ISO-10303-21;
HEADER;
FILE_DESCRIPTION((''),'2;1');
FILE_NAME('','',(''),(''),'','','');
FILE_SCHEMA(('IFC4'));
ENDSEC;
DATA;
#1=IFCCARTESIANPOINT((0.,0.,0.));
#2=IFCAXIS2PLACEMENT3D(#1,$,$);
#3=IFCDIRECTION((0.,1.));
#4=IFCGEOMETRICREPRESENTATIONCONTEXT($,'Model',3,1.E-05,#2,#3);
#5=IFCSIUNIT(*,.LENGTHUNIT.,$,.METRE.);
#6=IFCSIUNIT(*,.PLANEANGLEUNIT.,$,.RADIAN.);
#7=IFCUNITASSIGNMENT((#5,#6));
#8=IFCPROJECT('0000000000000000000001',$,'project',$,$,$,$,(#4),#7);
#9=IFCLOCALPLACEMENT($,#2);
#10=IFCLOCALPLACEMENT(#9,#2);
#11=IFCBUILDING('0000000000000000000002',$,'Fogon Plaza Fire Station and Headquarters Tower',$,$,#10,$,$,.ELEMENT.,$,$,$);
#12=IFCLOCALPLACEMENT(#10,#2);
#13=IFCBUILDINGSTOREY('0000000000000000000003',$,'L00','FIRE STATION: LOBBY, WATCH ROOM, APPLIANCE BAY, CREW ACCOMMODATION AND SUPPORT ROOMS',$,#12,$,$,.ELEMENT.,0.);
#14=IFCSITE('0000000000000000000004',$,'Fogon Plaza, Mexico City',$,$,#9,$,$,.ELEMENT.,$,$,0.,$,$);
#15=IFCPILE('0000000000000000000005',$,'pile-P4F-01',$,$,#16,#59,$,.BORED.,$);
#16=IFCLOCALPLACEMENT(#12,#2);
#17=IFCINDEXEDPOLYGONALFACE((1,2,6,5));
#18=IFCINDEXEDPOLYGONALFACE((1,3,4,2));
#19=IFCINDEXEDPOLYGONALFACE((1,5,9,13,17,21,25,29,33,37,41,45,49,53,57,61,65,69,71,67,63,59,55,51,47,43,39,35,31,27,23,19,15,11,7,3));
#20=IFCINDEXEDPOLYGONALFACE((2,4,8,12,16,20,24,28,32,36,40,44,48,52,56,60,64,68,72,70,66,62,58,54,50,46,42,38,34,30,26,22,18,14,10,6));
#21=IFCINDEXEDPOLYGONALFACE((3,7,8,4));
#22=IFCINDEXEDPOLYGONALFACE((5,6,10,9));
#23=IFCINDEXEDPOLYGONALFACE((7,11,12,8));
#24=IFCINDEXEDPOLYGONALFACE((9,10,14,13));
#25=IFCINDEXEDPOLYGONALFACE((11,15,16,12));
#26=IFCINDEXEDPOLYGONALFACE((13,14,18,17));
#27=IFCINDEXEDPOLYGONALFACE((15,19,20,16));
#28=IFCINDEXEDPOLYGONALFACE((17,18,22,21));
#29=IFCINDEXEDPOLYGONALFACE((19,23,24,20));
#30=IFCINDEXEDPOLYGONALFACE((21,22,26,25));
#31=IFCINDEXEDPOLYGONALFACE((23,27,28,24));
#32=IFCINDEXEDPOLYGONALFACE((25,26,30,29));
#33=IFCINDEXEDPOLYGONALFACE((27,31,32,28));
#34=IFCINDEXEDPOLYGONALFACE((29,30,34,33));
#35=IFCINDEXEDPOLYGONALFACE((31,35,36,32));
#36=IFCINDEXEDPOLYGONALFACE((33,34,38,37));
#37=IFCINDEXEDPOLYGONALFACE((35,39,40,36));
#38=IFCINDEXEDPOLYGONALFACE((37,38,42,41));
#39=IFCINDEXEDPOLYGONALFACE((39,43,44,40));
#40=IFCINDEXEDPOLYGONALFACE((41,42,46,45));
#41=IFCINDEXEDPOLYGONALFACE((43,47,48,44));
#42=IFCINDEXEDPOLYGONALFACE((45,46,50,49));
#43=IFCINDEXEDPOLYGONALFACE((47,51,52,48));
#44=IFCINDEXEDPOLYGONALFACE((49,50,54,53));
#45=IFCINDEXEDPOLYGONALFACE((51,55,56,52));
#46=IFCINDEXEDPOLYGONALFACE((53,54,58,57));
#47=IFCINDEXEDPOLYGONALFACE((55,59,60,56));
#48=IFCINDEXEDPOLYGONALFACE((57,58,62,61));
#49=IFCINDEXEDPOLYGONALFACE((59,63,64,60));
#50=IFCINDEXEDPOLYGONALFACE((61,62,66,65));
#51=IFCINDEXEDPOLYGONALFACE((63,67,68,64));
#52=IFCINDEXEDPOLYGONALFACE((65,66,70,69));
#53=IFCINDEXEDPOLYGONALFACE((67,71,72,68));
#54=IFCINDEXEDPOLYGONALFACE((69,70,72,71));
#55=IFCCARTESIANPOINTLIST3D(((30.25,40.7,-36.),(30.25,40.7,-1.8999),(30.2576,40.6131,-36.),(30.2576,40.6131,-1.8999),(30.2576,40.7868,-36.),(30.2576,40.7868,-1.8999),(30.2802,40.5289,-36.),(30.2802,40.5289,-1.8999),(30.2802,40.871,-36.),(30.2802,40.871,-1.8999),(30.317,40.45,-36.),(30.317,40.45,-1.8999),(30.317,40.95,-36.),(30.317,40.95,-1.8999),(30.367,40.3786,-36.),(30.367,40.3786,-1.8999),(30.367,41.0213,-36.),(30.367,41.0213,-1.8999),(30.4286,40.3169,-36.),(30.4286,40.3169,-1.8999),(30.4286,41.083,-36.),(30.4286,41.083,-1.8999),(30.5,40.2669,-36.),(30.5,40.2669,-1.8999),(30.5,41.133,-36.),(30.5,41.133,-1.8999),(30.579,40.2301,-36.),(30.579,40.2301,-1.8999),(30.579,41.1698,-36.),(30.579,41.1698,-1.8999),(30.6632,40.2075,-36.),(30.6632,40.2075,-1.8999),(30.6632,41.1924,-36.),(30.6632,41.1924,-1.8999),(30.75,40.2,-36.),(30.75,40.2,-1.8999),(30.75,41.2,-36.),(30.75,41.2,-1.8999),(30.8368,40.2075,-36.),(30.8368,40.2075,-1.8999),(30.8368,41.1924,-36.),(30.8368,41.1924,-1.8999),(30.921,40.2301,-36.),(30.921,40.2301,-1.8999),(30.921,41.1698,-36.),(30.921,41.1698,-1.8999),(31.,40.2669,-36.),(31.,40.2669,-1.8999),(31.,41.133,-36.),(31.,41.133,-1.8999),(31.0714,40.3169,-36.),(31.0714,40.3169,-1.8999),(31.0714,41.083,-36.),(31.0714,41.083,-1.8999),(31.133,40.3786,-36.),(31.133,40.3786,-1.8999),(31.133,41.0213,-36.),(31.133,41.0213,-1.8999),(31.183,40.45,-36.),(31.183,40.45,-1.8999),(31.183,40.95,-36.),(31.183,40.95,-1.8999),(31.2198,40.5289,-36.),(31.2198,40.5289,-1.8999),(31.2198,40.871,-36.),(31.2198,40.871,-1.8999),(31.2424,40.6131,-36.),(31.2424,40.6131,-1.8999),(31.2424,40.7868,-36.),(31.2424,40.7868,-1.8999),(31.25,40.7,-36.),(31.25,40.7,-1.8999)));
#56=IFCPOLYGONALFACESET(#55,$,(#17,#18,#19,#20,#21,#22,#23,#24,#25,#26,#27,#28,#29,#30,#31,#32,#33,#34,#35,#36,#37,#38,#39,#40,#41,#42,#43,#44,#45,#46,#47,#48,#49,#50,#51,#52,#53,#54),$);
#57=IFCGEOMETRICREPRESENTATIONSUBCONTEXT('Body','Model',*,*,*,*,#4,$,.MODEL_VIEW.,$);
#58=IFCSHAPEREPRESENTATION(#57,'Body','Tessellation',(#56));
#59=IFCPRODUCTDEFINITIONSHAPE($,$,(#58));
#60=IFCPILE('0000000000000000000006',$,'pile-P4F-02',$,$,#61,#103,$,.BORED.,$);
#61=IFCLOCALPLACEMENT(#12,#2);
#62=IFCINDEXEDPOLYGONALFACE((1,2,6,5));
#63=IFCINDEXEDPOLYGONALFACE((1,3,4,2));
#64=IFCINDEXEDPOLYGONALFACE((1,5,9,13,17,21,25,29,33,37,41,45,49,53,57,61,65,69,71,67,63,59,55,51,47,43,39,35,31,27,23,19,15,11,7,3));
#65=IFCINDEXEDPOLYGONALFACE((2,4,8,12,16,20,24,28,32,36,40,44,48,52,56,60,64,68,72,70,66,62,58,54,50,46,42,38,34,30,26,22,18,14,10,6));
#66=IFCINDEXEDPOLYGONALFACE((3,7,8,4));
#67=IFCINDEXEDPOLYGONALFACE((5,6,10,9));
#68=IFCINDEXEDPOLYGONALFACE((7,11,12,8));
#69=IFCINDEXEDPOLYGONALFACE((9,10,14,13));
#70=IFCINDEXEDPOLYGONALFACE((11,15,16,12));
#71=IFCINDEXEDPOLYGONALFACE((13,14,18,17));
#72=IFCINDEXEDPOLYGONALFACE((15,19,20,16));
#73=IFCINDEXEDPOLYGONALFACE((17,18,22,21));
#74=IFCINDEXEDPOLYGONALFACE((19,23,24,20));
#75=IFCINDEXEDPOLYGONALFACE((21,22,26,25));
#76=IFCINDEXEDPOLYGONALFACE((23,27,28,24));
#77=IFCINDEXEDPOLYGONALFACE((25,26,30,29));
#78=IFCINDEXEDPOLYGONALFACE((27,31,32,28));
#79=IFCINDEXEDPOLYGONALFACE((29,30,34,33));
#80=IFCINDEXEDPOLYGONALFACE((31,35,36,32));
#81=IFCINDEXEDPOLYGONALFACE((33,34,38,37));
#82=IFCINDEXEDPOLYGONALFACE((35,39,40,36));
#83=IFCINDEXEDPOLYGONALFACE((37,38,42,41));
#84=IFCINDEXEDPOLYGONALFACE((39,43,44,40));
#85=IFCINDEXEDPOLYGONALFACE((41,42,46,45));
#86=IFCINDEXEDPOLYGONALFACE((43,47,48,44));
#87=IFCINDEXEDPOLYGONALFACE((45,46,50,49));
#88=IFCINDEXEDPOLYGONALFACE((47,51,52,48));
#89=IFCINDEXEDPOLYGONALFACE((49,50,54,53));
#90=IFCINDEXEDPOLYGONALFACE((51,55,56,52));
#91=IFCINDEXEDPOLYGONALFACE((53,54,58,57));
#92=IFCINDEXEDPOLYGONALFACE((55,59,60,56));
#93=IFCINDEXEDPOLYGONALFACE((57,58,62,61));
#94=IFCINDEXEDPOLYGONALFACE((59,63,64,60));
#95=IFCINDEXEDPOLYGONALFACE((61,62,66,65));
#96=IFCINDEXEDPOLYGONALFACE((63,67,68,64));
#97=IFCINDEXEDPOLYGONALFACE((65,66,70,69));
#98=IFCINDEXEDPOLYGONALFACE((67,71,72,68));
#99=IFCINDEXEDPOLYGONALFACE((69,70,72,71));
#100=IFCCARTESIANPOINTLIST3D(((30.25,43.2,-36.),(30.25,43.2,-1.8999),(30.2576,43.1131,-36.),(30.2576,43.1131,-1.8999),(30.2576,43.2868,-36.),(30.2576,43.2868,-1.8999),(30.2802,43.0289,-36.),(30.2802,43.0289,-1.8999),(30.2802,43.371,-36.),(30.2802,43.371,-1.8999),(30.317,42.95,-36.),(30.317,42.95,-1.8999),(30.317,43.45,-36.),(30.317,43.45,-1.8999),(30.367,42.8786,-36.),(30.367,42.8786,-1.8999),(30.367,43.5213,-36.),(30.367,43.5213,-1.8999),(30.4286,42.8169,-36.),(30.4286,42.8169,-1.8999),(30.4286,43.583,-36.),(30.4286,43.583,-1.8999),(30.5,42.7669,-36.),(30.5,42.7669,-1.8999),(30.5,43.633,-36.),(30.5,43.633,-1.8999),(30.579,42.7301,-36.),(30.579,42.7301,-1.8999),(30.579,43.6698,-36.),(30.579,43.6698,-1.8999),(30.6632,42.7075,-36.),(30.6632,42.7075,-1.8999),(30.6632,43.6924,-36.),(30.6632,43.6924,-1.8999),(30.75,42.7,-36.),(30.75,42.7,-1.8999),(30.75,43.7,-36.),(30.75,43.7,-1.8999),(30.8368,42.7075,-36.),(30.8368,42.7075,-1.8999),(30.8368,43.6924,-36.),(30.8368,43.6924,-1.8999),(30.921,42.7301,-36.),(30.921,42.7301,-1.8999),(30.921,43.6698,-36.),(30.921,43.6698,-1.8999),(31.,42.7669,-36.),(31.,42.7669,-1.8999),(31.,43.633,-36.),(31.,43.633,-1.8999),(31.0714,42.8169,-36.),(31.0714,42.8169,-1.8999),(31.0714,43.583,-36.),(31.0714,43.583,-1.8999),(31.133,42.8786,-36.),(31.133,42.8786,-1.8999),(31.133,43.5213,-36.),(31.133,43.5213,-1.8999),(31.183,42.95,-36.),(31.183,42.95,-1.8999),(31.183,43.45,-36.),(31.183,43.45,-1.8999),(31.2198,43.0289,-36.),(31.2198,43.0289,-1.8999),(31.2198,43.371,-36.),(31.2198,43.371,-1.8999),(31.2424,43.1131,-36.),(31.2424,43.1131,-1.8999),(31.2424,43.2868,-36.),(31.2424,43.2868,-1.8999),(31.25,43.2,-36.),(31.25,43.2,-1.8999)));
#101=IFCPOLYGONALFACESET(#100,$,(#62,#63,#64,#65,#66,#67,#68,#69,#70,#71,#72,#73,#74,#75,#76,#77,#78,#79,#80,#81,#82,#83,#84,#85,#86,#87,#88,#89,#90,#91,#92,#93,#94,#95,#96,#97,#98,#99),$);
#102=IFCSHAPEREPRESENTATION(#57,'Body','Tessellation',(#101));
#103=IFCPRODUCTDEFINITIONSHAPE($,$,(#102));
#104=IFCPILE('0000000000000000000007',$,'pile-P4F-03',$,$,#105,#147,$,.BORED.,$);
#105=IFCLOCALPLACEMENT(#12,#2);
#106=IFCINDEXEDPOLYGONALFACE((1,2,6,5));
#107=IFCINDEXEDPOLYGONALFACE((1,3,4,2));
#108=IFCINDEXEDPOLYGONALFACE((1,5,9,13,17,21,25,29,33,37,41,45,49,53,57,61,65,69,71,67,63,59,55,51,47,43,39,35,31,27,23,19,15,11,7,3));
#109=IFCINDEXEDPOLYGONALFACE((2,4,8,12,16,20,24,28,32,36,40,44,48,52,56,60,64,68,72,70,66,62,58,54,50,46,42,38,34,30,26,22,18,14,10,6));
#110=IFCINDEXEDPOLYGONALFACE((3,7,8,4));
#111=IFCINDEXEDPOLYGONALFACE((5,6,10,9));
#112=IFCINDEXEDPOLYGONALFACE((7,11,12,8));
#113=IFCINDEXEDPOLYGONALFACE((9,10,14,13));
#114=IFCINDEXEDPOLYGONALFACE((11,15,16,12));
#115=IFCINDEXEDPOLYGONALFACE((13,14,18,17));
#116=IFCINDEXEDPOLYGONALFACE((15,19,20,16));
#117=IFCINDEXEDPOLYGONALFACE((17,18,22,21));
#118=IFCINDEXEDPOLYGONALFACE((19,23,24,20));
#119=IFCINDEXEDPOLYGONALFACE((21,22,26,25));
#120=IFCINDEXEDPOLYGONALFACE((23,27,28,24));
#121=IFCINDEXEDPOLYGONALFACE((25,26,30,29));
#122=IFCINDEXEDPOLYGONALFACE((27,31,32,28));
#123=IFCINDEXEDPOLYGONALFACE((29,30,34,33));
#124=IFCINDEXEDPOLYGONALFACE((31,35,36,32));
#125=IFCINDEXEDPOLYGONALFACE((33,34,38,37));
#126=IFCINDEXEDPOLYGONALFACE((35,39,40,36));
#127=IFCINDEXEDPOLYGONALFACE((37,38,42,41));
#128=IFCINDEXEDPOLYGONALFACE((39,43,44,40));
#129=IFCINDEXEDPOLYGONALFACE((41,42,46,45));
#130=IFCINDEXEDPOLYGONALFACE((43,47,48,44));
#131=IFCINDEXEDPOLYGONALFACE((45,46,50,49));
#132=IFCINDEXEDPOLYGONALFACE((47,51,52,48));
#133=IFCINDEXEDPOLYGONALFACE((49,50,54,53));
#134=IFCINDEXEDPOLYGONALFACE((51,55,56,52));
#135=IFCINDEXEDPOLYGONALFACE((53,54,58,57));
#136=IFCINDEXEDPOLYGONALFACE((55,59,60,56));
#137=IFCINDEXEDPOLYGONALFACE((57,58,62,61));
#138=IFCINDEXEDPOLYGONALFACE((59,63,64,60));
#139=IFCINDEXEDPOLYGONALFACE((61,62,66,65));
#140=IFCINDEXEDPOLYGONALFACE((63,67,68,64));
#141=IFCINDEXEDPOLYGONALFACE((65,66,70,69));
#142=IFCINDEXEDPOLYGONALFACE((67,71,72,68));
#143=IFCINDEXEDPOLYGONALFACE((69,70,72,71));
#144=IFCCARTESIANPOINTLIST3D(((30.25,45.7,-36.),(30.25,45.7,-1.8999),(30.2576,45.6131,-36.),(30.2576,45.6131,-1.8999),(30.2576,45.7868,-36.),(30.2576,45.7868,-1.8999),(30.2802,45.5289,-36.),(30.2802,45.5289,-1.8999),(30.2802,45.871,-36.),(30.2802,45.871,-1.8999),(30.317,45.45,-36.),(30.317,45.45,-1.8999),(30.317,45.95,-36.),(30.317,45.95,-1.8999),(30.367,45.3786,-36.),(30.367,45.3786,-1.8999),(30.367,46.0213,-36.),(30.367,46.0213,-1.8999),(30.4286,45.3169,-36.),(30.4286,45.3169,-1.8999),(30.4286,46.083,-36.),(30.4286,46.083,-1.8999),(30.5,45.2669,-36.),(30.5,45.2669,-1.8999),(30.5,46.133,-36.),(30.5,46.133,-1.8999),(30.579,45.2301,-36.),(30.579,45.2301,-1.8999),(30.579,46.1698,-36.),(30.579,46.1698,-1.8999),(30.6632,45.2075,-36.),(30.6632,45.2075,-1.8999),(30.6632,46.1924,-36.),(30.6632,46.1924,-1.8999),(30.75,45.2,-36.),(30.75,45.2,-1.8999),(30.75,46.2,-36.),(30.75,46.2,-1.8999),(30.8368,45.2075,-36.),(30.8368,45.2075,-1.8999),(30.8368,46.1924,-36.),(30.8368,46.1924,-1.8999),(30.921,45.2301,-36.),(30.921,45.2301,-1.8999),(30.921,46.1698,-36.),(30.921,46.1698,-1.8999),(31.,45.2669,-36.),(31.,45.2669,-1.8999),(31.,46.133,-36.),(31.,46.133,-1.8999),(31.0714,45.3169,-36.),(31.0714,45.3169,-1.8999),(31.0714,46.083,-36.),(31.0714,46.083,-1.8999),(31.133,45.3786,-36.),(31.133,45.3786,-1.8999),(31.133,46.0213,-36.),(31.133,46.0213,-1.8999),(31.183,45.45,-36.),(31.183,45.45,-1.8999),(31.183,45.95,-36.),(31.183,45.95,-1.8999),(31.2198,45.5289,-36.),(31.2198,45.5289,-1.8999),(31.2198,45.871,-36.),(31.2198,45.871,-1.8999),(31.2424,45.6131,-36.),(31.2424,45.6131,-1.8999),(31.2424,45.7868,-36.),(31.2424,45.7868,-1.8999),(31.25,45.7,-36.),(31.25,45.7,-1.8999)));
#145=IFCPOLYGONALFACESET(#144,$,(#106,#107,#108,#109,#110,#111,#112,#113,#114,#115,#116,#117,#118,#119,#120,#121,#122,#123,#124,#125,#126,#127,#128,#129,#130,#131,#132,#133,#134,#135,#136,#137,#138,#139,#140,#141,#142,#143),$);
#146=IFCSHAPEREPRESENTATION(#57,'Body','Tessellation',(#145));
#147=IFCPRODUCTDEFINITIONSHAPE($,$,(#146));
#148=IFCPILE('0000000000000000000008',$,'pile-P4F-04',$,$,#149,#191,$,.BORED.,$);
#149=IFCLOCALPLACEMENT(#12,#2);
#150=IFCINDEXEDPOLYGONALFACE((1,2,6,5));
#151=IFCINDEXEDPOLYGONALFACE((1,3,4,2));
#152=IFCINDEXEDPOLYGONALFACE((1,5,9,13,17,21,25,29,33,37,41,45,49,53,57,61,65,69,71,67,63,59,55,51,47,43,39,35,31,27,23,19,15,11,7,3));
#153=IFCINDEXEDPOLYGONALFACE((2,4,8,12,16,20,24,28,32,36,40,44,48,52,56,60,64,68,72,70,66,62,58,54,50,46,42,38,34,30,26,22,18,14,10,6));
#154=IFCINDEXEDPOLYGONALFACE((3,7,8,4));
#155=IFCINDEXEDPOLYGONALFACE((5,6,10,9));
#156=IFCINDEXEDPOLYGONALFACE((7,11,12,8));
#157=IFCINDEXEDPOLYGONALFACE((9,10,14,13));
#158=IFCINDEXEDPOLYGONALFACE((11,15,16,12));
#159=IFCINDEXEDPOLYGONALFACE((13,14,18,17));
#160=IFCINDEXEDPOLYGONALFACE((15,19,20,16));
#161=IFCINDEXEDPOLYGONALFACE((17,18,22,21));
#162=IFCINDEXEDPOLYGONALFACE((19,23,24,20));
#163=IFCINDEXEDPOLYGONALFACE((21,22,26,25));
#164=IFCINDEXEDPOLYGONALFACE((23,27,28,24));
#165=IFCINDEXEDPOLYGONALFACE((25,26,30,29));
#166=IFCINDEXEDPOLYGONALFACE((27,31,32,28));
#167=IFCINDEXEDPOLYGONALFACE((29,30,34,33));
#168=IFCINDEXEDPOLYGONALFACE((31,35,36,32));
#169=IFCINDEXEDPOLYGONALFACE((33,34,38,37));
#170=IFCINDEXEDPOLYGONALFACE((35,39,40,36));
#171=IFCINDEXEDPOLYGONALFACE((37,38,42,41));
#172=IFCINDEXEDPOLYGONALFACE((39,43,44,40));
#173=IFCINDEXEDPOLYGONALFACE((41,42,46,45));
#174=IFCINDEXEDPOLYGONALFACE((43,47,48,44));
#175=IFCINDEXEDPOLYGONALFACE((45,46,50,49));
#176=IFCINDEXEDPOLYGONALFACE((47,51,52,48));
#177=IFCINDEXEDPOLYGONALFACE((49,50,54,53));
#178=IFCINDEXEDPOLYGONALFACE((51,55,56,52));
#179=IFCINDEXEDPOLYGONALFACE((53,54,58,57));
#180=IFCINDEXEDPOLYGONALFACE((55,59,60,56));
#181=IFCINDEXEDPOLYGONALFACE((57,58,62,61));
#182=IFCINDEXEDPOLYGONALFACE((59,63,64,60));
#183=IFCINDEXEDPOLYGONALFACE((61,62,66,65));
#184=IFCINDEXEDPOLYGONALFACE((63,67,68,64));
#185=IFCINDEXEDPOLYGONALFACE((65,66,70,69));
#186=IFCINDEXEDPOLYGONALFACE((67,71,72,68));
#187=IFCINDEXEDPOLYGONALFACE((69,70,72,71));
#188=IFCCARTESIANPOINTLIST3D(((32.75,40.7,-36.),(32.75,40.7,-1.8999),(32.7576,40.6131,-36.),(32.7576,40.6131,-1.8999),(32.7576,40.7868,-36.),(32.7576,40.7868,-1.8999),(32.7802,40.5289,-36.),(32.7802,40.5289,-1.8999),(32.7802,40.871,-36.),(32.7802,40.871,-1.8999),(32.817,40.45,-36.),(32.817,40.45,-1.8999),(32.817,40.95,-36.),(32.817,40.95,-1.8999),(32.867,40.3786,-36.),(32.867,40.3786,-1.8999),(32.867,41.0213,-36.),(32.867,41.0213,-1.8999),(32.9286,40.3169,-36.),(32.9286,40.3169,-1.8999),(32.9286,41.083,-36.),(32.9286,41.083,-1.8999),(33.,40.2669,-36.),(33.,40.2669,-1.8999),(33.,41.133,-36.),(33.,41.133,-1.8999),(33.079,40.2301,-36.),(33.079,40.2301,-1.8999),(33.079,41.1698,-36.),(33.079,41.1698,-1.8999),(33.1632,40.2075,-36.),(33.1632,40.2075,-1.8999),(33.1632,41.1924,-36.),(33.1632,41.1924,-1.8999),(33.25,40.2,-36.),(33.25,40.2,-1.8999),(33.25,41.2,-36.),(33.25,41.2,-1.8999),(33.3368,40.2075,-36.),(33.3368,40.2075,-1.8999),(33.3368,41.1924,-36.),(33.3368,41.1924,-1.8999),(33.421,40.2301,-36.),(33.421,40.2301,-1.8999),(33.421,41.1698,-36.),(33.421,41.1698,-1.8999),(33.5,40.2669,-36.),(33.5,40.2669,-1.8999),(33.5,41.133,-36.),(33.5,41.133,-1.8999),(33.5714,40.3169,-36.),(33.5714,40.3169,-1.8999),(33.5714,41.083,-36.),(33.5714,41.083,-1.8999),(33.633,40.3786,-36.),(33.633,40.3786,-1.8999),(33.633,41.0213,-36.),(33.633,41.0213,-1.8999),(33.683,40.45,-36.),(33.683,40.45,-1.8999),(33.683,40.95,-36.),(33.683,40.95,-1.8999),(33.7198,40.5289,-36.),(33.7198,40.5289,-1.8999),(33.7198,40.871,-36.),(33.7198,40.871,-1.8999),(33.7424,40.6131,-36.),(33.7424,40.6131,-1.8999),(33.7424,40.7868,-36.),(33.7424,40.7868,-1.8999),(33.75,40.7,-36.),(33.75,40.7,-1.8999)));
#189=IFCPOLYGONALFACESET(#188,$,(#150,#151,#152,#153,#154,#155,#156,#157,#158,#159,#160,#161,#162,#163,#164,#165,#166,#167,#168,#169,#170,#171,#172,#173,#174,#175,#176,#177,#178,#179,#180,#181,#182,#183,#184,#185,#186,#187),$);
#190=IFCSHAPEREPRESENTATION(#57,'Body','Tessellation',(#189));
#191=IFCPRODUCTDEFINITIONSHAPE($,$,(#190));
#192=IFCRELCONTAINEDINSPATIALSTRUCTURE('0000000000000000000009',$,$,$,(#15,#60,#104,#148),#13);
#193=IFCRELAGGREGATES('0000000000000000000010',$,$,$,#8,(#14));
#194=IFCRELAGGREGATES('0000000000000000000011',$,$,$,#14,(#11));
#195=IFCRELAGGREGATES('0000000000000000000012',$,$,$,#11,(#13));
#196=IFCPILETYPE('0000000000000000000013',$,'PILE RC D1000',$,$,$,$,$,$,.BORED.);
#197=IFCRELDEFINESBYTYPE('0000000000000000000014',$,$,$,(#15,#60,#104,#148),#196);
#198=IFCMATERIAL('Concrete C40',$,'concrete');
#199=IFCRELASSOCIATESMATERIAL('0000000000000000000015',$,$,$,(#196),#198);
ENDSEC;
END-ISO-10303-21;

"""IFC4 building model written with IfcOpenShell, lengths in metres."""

from ifc_helpers import new_model, si_unit, direction, frame, origin, origin_2d, place, context, subcontext, project, spatial, circle, extrude, material, material_profile, profile_set, type_object, element, save


model = new_model("IFC4")

# Units and contexts
model_context = context("Model", 3, precision=1e-05, world=origin(), true_north=direction((0.0, 1.0)))
body_context = subcontext(model_context, "Body", "Model", "MODEL_VIEW")
ifc_project = project(units=[si_unit("LENGTHUNIT", "METRE"), si_unit("PLANEANGLEUNIT", "RADIAN")], contexts=[model_context])

# Site, building, storey
site_placement = place(None, origin())
site = spatial("IfcSite", under=ifc_project, at=site_placement, Name="Fogon Plaza, Mexico City", CompositionType="ELEMENT", RefElevation=0.0)
building_placement = place(site_placement, origin())
building = spatial("IfcBuilding", under=site, at=building_placement, Name="Fogon Plaza Fire Station and Headquarters Tower", CompositionType="ELEMENT")
storey_placement = place(building_placement, origin())
storey = spatial("IfcBuildingStorey", under=building, at=storey_placement, Name="L00", Description="FIRE STATION: LOBBY, WATCH ROOM, APPLIANCE BAY, CREW ACCOMMODATION AND SUPPORT ROOMS", CompositionType="ELEMENT", Elevation=0.0)

# Piles
ifc_material_1 = material(Name="Concrete C40", Category="concrete")
ifc_material_profile_1 = material_profile(ifc_material_1, circle(Radius=0.5, at=origin_2d()), Name="RC D1000")
ifc_profile_set_1 = profile_set([ifc_material_profile_1], Name="Concrete C40")
pile_type = type_object("IfcPileType", Name="PILE RC D1000", PredefinedType="BORED", material=ifc_profile_set_1)
for number, where, z_axis, x_axis, name in (
    (1, (30.75, 40.7, -1.8999), (0.0, 0.0, -1.0), (1.0, 0.0, 0.0), "pile-P4F-01"),
    (2, (30.75, 43.2, -1.8999), (0.0, 0.0, -1.0), (1.0, 0.0, 0.0), "pile-P4F-02"),
    (3, (30.75, 45.7, -1.8999), (0.0, 0.0, -1.0), (1.0, 0.0, 0.0), "pile-P4F-03"),
    (4, (33.25, 40.7, -1.8999), (0.0, 0.0, -1.0), (1.0, 0.0, 0.0), "pile-P4F-04"),
):
    element("IfcPile", number, at=place(storey_placement, frame(where, z_axis=z_axis, x_axis=x_axis)), inside=storey, type_object=pile_type, Name=name, PredefinedType="BORED", context=body_context, shape_type="SweptSolid", body=[
        extrude(circle(Radius=0.5, at=origin_2d()), origin(), (0.0, 0.0, 1.0), 34.1001),
    ])

save(model, "model.ifc")
